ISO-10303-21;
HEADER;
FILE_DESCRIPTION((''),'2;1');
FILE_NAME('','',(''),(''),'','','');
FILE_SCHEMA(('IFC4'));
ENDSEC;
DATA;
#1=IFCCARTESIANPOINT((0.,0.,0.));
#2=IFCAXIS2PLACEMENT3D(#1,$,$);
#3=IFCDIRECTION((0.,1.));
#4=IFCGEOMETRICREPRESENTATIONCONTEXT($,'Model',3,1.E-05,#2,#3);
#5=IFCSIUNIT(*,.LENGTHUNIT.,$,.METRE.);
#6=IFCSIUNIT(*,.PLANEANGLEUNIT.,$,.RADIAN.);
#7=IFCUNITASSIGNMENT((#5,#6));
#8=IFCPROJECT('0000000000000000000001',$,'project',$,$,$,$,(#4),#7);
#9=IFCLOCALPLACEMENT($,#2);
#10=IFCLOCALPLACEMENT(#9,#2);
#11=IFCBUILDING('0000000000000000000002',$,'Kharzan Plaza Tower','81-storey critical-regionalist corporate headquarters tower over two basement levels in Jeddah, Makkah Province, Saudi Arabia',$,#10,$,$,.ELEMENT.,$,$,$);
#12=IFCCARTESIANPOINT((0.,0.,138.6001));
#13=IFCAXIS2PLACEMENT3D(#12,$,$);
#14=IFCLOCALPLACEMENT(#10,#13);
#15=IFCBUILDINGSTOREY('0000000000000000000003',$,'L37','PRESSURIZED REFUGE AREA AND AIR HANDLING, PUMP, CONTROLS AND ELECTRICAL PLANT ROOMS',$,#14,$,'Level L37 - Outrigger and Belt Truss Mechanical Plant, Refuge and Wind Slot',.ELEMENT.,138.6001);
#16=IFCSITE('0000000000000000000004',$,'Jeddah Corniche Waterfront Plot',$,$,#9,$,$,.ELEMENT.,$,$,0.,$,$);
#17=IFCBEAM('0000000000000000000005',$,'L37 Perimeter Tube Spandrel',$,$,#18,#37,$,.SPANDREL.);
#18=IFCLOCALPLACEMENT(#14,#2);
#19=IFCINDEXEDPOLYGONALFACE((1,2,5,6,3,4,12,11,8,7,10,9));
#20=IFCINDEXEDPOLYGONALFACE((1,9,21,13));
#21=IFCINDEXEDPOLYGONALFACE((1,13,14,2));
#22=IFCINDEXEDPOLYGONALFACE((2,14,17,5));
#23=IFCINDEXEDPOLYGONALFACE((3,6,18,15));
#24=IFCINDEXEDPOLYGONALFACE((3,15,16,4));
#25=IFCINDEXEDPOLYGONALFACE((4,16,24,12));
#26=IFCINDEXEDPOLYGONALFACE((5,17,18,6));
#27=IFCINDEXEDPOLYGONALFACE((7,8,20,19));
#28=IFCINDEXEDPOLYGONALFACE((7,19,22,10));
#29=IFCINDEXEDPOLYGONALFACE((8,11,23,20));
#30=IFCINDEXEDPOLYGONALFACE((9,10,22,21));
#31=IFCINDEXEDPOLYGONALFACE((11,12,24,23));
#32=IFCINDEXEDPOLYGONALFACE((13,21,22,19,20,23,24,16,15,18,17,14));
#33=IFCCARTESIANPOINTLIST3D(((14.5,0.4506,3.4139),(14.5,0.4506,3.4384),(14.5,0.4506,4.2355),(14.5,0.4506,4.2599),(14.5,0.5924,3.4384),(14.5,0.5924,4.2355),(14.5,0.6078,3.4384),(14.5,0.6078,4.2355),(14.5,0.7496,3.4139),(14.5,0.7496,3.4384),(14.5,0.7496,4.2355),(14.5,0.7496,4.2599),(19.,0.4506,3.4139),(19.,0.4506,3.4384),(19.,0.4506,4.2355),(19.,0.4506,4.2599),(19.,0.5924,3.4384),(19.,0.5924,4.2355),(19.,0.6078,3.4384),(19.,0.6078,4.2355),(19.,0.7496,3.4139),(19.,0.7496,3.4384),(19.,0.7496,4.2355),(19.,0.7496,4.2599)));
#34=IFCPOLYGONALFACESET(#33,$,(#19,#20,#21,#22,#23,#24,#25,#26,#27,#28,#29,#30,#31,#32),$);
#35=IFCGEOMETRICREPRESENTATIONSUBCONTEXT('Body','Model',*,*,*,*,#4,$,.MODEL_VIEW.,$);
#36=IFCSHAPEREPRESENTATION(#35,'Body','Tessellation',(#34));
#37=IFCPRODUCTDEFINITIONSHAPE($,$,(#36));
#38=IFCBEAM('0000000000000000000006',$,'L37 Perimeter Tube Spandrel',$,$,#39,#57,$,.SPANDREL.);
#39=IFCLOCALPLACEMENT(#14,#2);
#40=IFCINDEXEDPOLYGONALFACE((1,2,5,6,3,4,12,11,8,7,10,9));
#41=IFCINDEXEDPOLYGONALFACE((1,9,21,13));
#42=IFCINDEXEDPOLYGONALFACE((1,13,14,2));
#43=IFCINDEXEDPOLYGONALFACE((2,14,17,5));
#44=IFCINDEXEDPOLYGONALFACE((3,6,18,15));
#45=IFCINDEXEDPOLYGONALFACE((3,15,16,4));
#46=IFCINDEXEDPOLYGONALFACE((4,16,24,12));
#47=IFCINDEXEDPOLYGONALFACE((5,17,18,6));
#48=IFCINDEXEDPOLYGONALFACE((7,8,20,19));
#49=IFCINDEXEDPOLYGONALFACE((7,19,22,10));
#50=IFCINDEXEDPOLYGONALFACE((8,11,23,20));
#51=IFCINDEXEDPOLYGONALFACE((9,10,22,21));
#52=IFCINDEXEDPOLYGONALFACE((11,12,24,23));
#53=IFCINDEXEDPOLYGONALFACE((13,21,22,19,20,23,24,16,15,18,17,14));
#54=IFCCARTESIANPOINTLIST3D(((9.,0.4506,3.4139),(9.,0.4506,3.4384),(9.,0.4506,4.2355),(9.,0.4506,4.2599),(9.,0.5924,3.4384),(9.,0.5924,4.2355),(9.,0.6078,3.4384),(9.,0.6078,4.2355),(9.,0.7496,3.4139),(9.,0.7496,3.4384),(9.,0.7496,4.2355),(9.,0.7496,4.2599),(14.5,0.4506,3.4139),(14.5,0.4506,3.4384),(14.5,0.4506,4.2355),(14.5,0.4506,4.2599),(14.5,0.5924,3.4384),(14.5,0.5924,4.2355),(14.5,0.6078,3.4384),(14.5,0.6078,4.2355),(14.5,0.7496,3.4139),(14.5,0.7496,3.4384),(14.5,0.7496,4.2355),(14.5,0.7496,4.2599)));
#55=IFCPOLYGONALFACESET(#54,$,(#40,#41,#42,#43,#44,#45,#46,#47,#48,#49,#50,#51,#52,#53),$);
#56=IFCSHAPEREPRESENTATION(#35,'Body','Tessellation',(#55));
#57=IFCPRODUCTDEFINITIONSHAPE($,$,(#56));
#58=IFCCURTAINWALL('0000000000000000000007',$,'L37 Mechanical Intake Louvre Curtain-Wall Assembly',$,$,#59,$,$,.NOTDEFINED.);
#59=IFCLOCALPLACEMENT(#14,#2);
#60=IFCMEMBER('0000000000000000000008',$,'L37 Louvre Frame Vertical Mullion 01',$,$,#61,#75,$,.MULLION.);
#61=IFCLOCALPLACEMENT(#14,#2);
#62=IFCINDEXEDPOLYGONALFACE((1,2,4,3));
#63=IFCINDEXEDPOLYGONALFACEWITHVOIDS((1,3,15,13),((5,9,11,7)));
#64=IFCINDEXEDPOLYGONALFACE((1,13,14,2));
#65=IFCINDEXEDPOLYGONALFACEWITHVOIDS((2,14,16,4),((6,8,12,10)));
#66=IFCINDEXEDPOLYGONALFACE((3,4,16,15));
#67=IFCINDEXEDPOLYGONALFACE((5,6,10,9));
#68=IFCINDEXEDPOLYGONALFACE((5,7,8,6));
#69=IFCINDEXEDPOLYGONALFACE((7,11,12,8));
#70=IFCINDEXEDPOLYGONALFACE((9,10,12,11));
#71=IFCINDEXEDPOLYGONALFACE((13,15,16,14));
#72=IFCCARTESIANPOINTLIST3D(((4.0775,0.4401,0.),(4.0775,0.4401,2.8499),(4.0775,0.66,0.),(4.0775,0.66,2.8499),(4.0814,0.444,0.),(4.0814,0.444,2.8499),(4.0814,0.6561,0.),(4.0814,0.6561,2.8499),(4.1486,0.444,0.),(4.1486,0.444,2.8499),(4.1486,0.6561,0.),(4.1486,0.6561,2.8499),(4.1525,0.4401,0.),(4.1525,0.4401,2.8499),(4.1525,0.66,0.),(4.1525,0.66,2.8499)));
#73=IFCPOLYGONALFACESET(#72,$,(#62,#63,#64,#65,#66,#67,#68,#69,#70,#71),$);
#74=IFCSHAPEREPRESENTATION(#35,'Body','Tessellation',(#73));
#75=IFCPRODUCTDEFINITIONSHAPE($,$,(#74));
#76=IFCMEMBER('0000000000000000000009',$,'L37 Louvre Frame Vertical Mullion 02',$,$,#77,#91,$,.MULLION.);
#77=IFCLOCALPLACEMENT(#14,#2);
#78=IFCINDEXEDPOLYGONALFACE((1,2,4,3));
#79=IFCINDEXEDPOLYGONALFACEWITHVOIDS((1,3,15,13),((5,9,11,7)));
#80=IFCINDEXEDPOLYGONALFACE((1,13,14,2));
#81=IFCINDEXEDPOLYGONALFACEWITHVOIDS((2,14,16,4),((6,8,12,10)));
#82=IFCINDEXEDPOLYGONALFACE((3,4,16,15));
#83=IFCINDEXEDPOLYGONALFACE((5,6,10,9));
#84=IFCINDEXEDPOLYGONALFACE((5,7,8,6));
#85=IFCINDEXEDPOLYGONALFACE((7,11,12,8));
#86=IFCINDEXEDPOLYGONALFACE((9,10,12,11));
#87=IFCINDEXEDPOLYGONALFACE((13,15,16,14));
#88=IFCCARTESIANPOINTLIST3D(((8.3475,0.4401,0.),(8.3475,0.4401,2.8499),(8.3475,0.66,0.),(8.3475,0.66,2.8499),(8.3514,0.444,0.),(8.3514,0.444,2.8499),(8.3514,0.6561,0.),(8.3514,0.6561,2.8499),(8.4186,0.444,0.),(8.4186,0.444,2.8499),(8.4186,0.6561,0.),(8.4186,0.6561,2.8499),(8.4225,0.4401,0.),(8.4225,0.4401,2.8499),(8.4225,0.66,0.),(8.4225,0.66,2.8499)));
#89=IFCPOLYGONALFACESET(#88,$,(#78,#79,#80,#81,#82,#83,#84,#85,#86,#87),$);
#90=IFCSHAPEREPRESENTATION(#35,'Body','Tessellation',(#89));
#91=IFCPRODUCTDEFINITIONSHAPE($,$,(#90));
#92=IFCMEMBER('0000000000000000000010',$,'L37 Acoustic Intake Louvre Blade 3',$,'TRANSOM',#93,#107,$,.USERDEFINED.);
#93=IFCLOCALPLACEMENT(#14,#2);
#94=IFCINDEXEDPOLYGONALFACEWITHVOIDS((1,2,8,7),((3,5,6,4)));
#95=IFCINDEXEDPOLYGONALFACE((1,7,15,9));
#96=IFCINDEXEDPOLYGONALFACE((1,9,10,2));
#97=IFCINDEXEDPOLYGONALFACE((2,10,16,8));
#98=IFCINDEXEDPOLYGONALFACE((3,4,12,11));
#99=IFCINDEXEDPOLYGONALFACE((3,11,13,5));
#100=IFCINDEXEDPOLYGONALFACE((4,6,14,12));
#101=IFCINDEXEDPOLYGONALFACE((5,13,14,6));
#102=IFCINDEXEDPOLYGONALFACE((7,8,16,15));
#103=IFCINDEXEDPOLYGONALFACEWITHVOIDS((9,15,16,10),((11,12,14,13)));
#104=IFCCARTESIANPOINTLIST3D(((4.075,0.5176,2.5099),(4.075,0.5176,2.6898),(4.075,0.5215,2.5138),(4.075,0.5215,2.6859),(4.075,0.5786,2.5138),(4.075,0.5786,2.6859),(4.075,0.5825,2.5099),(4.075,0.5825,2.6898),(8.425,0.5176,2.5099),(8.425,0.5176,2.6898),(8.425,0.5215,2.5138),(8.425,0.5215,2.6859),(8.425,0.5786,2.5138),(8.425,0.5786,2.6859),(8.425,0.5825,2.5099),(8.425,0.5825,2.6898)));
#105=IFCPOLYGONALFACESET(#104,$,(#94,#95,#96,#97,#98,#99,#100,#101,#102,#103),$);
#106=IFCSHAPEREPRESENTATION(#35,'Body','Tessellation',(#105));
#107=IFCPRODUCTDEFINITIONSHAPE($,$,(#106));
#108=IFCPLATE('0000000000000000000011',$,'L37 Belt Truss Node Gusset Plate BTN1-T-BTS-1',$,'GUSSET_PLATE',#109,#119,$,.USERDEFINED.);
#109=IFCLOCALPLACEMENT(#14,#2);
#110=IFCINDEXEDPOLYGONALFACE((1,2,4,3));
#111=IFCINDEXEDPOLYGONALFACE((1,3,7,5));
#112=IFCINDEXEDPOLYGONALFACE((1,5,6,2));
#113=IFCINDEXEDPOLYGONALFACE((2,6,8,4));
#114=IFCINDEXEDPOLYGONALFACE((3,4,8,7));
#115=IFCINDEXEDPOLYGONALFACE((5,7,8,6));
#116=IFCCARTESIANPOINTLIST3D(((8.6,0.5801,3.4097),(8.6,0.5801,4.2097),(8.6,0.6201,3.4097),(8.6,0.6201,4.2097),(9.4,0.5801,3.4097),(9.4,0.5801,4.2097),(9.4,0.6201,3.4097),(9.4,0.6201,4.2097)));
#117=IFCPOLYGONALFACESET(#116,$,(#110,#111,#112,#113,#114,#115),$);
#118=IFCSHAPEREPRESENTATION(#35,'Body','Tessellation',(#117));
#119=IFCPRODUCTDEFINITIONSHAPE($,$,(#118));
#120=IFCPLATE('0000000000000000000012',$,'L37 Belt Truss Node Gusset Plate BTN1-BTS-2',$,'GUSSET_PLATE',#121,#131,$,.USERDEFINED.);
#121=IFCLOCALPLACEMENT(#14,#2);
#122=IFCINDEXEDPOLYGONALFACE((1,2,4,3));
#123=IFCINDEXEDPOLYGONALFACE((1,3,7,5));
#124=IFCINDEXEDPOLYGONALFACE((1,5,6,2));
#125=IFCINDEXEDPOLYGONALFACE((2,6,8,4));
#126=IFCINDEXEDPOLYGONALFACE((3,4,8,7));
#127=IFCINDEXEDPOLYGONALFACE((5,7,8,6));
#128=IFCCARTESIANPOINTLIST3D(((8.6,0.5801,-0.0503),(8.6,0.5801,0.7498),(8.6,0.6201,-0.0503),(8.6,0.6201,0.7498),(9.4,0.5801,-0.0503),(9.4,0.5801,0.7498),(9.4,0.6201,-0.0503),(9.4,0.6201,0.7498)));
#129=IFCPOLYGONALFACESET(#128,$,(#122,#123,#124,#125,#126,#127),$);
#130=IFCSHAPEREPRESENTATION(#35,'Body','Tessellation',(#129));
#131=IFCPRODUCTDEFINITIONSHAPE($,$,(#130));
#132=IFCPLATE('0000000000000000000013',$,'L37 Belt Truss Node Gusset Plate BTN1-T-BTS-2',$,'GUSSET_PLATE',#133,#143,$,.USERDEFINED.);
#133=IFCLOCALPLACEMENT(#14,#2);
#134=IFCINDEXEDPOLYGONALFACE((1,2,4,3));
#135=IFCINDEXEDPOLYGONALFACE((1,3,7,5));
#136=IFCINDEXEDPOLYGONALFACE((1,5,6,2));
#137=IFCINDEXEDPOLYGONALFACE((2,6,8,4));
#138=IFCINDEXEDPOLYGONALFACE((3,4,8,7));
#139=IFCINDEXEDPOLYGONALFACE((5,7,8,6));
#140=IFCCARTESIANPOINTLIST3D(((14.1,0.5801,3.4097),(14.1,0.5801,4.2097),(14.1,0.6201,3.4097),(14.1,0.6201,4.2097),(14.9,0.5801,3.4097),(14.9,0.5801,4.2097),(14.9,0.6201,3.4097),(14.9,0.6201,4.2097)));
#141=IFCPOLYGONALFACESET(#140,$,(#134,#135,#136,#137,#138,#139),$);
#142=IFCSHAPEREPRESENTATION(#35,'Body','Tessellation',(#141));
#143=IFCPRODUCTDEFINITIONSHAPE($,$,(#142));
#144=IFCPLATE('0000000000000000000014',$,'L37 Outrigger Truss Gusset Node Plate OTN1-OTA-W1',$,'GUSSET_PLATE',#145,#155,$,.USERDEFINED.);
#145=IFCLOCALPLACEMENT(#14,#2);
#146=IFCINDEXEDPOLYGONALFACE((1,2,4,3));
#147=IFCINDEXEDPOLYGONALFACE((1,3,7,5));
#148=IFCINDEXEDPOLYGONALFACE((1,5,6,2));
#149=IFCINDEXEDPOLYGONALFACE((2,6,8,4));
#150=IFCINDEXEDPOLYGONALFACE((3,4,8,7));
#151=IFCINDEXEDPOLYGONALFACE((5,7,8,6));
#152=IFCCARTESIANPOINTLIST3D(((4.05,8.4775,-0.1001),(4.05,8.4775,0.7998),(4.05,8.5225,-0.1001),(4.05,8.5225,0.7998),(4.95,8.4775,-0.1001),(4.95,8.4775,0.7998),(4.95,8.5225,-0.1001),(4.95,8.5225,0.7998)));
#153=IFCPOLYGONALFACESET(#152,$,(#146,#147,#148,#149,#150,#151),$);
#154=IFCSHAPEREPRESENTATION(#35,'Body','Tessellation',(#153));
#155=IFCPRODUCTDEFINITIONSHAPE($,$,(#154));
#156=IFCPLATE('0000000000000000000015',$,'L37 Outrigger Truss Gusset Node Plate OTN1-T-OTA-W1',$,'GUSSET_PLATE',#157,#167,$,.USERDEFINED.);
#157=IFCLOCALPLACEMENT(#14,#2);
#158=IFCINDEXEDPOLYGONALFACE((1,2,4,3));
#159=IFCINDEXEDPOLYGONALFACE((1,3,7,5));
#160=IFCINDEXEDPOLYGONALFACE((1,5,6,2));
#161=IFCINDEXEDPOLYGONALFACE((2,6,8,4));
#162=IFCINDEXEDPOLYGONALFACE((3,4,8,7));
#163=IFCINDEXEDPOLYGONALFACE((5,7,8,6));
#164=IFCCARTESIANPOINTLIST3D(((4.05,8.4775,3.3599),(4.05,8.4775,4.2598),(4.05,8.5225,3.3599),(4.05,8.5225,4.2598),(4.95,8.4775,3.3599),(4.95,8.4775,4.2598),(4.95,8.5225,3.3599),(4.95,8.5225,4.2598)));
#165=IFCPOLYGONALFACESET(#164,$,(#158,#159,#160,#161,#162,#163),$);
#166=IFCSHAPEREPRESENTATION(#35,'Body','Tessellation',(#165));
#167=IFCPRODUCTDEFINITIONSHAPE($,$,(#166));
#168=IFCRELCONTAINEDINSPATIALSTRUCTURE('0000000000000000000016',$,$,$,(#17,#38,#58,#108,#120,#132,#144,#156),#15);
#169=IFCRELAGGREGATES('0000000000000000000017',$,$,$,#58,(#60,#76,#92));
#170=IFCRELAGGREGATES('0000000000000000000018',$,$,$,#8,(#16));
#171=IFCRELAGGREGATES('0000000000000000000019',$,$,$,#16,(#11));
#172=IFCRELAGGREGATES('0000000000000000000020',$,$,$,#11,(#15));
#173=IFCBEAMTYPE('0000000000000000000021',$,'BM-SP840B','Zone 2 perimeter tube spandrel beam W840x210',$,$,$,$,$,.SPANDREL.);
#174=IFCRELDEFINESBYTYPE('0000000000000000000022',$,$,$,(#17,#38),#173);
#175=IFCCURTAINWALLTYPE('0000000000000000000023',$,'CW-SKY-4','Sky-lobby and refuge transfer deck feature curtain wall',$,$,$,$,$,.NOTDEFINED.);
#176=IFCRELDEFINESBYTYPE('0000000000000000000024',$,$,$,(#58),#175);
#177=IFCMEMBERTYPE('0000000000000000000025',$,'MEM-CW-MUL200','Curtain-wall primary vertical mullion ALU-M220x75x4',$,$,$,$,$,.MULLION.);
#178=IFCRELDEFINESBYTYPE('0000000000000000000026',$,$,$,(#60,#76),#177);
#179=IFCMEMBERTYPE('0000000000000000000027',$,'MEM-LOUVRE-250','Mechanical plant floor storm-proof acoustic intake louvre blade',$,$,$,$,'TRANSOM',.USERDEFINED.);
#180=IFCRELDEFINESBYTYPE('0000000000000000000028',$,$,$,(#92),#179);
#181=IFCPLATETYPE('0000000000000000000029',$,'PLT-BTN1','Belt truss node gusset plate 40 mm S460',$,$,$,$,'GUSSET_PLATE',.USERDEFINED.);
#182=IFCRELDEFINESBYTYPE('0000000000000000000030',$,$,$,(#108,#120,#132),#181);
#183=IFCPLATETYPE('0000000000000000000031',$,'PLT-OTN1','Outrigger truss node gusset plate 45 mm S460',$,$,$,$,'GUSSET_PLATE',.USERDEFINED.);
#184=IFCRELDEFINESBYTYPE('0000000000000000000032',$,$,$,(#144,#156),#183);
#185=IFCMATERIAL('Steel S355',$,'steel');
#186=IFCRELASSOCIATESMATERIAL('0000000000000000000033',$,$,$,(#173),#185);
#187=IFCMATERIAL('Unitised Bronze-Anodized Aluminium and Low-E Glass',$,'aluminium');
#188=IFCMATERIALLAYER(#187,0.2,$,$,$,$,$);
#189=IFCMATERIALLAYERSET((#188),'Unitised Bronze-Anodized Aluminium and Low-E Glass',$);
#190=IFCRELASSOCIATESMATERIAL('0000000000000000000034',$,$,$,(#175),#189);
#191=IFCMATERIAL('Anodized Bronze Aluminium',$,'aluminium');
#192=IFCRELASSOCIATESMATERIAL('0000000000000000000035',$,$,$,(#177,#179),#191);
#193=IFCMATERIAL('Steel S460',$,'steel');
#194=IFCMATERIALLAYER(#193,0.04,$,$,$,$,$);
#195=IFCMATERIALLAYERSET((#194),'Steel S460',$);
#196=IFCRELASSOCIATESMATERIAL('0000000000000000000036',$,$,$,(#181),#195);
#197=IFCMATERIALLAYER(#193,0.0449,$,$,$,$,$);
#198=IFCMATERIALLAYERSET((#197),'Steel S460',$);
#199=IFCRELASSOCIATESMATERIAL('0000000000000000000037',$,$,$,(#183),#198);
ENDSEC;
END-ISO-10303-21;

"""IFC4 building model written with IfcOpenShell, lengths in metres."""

from ifc_helpers import new_model, si_unit, direction, frame, origin, origin_2d, place, context, subcontext, project, spatial, rectangle, hollow_rectangle, i_section, extrude, source, transform, mapped, material, layer, layer_set, material_profile, profile_set, type_object, element, aggregate, save


model = new_model("IFC4")

# Units and contexts
model_context = context("Model", 3, precision=1e-05, world=origin(), true_north=direction((0.0, 1.0)))
body_context = subcontext(model_context, "Body", "Model", "MODEL_VIEW")
ifc_project = project(units=[si_unit("LENGTHUNIT", "METRE"), si_unit("PLANEANGLEUNIT", "RADIAN")], contexts=[model_context])

# Site, building, storey
site_placement = place(None, origin())
site = spatial("IfcSite", under=ifc_project, at=site_placement, Name="Jeddah Corniche Waterfront Plot", CompositionType="ELEMENT", RefElevation=0.0)
building_placement = place(site_placement, origin())
building = spatial("IfcBuilding", under=site, at=building_placement, Name="Kharzan Plaza Tower", Description="81-storey critical-regionalist corporate headquarters tower over two basement levels in Jeddah, Makkah Province, Saudi Arabia", CompositionType="ELEMENT")
storey_placement = place(building_placement, frame((0.0, 0.0, 138.6001)))
storey = spatial("IfcBuildingStorey", under=building, at=storey_placement, Name="L37", Description="PRESSURIZED REFUGE AREA AND AIR HANDLING, PUMP, CONTROLS AND ELECTRICAL PLANT ROOMS", LongName="Level L37 - Outrigger and Belt Truss Mechanical Plant, Refuge and Wind Slot", CompositionType="ELEMENT", Elevation=138.6001)

# Shared definitions
ifc_material_1 = material(Name="Steel S355", Category="steel")

# Beams
ifc_material_profile_1 = material_profile(ifc_material_1, i_section(OverallWidth=0.2991, OverallDepth=0.8459, WebThickness=0.0154, FlangeThickness=0.0244, at=origin_2d()), Name="W840x210")
ifc_profile_set_1 = profile_set([ifc_material_profile_1], Name="Steel S355")
beam_type_1 = type_object("IfcBeamType", Name="BM-SP840B", Description="Zone 2 perimeter tube spandrel beam W840x210", PredefinedType="SPANDREL", material=ifc_profile_set_1)
shared_shape_1 = source(origin(), body_context, "Body", "SweptSolid", [
    extrude(i_section(OverallWidth=0.2991, OverallDepth=0.8459, WebThickness=0.0154, FlangeThickness=0.0244, at=origin_2d()), origin(), (0.0, 0.0, 1.0), 4.5),
])
beam_1_placement = place(storey_placement, frame((14.5, 0.6001, 3.8369), z_axis=(1.0, 0.0, 0.0), x_axis=(0.0, 1.0, 0.0)))
element("IfcBeam", 1, at=beam_1_placement, inside=storey, type_object=beam_type_1, Name="L37 Perimeter Tube Spandrel", PredefinedType="SPANDREL", context=body_context, shape_type="MappedRepresentation", body=[
    mapped(shared_shape_1, transform((0.0, 0.0, 0.0), x_axis=(1.0, 0.0, 0.0), y_axis=(0.0, 1.0, 0.0), z_axis=(0.0, 0.0, 1.0))),
])
shared_shape_2 = source(origin(), body_context, "Body", "SweptSolid", [
    extrude(i_section(OverallWidth=0.2991, OverallDepth=0.8459, WebThickness=0.0154, FlangeThickness=0.0244, at=origin_2d()), origin(), (0.0, 0.0, 1.0), 5.5),
])
beam_2_placement = place(storey_placement, frame((9.0, 0.6001, 3.8369), z_axis=(1.0, 0.0, 0.0), x_axis=(0.0, 1.0, 0.0)))
element("IfcBeam", 2, at=beam_2_placement, inside=storey, type_object=beam_type_1, Name="L37 Perimeter Tube Spandrel", PredefinedType="SPANDREL", context=body_context, shape_type="MappedRepresentation", body=[
    mapped(shared_shape_2, transform((0.0, 0.0, 0.0), x_axis=(1.0, 0.0, 0.0), y_axis=(0.0, 1.0, 0.0), z_axis=(0.0, 0.0, 1.0))),
])

# Curtain wall, members
ifc_material_2 = material(Name="Unitised Bronze-Anodized Aluminium and Low-E Glass", Category="aluminium")
ifc_layer_1 = layer(ifc_material_2, 0.2)
ifc_layer_set_1 = layer_set([ifc_layer_1], Name="Unitised Bronze-Anodized Aluminium and Low-E Glass")
curtain_wall_type = type_object("IfcCurtainWallType", Name="CW-SKY-4", Description="Sky-lobby and refuge transfer deck feature curtain wall", PredefinedType="NOTDEFINED", material=ifc_layer_set_1)
curtain_wall_placement = place(storey_placement, origin())
curtain_wall = element("IfcCurtainWall", 3, at=curtain_wall_placement, inside=storey, type_object=curtain_wall_type, Name="L37 Mechanical Intake Louvre Curtain-Wall Assembly", PredefinedType="NOTDEFINED")
ifc_material_3 = material(Name="Anodized Bronze Aluminium", Category="aluminium")
ifc_material_profile_2 = material_profile(ifc_material_3, hollow_rectangle(XDim=0.075, YDim=0.22, WallThickness=0.0039, at=origin_2d()), Name="ALU-M220x75x4")
ifc_profile_set_2 = profile_set([ifc_material_profile_2], Name="Anodized Bronze Aluminium")
member_type_1 = type_object("IfcMemberType", Name="MEM-CW-MUL200", Description="Curtain-wall primary vertical mullion ALU-M220x75x4", PredefinedType="MULLION", material=ifc_profile_set_2)
shared_shape_3 = source(origin(), body_context, "Body", "SweptSolid", [
    extrude(hollow_rectangle(XDim=0.075, YDim=0.22, WallThickness=0.0039, at=origin_2d()), origin(), (0.0, 0.0, 1.0), 2.8499),
])
member_1_placement = place(storey_placement, frame((4.115, 0.55, 0.0), z_axis=(0.0, 0.0, 1.0), x_axis=(1.0, 0.0, 0.0)))
member_1 = element("IfcMember", 4, at=member_1_placement, type_object=member_type_1, Name="L37 Louvre Frame Vertical Mullion 01", PredefinedType="MULLION", context=body_context, shape_type="MappedRepresentation", body=[
    mapped(shared_shape_3, transform((0.0, 0.0, 0.0), x_axis=(1.0, 0.0, 0.0), y_axis=(0.0, 1.0, 0.0), z_axis=(0.0, 0.0, 1.0))),
])
member_2_placement = place(storey_placement, frame((8.385, 0.55, 0.0), z_axis=(0.0, 0.0, 1.0), x_axis=(1.0, 0.0, 0.0)))
member_2 = element("IfcMember", 5, at=member_2_placement, type_object=member_type_1, Name="L37 Louvre Frame Vertical Mullion 02", PredefinedType="MULLION", context=body_context, shape_type="MappedRepresentation", body=[
    mapped(shared_shape_3, transform((0.0, 0.0, 0.0), x_axis=(1.0, 0.0, 0.0), y_axis=(0.0, 1.0, 0.0), z_axis=(0.0, 0.0, 1.0))),
])
ifc_material_profile_3 = material_profile(ifc_material_3, hollow_rectangle(XDim=0.0649, YDim=0.1799, WallThickness=0.0039, at=origin_2d()), Name="ALU-M180x65x4")
ifc_profile_set_3 = profile_set([ifc_material_profile_3], Name="Anodized Bronze Aluminium")
member_type_2 = type_object("IfcMemberType", Name="MEM-LOUVRE-250", Description="Mechanical plant floor storm-proof acoustic intake louvre blade", ElementType="TRANSOM", PredefinedType="USERDEFINED", material=ifc_profile_set_3)
shared_shape_4 = source(origin(), body_context, "Body", "SweptSolid", [
    extrude(hollow_rectangle(XDim=0.0649, YDim=0.1799, WallThickness=0.0039, at=origin_2d()), origin(), (0.0, 0.0, 1.0), 4.3501),
])
member_3_placement = place(storey_placement, frame((4.075, 0.55, 2.5999), z_axis=(1.0, 0.0, 0.0), x_axis=(0.0, 1.0, 0.0)))
member_3 = element("IfcMember", 6, at=member_3_placement, type_object=member_type_2, Name="L37 Acoustic Intake Louvre Blade 3", ObjectType="TRANSOM", PredefinedType="USERDEFINED", context=body_context, shape_type="MappedRepresentation", body=[
    mapped(shared_shape_4, transform((0.0, 0.0, 0.0), x_axis=(1.0, 0.0, 0.0), y_axis=(0.0, 1.0, 0.0), z_axis=(0.0, 0.0, 1.0))),
])
aggregate(curtain_wall, [member_1, member_2, member_3])

# Plates
ifc_material_4 = material(Name="Steel S460", Category="steel")
ifc_layer_2 = layer(ifc_material_4, 0.04)
ifc_layer_set_2 = layer_set([ifc_layer_2], Name="Steel S460")
plate_type_1 = type_object("IfcPlateType", Name="PLT-BTN1", Description="Belt truss node gusset plate 40 mm S460", ElementType="GUSSET_PLATE", PredefinedType="USERDEFINED", material=ifc_layer_set_2)
shared_shape_5 = source(origin(), body_context, "Body", "SweptSolid", [
    extrude(rectangle(XDim=0.8, YDim=0.04, at=origin_2d()), origin(), (0.0, 0.0, 1.0), 0.8),
])
for number, where, z_axis, x_axis, name in (
    (7, (9.0, 0.6001, 3.4097), (0.0, 0.0, 1.0), (1.0, 0.0, 0.0), "L37 Belt Truss Node Gusset Plate BTN1-T-BTS-1"),
    (8, (9.0, 0.6001, -0.0503), (0.0, 0.0, 1.0), (1.0, 0.0, 0.0), "L37 Belt Truss Node Gusset Plate BTN1-BTS-2"),
    (9, (14.5, 0.6001, 3.4097), (0.0, 0.0, 1.0), (1.0, 0.0, 0.0), "L37 Belt Truss Node Gusset Plate BTN1-T-BTS-2"),
):
    element("IfcPlate", number, at=place(storey_placement, frame(where, z_axis=z_axis, x_axis=x_axis)), inside=storey, type_object=plate_type_1, Name=name, ObjectType="GUSSET_PLATE", PredefinedType="USERDEFINED", context=body_context, shape_type="MappedRepresentation", body=[
        mapped(shared_shape_5, transform((0.0, 0.0, 0.0), x_axis=(1.0, 0.0, 0.0), y_axis=(0.0, 1.0, 0.0), z_axis=(0.0, 0.0, 1.0))),
    ])
ifc_layer_3 = layer(ifc_material_4, 0.0449)
ifc_layer_set_3 = layer_set([ifc_layer_3], Name="Steel S460")
plate_type_2 = type_object("IfcPlateType", Name="PLT-OTN1", Description="Outrigger truss node gusset plate 45 mm S460", ElementType="GUSSET_PLATE", PredefinedType="USERDEFINED", material=ifc_layer_set_3)
shared_shape_6 = source(origin(), body_context, "Body", "SweptSolid", [
    extrude(rectangle(XDim=0.8999, YDim=0.0449, at=origin_2d()), origin(), (0.0, 0.0, 1.0), 0.8999),
])
for number, where, z_axis, x_axis, name in (
    (10, (4.5, 8.5, -0.1001), (0.0, 0.0, 1.0), (-1.0, 0.0, 0.0), "L37 Outrigger Truss Gusset Node Plate OTN1-OTA-W1"),
    (11, (4.5, 8.5, 3.3599), (0.0, 0.0, 1.0), (-1.0, 0.0, 0.0), "L37 Outrigger Truss Gusset Node Plate OTN1-T-OTA-W1"),
):
    element("IfcPlate", number, at=place(storey_placement, frame(where, z_axis=z_axis, x_axis=x_axis)), inside=storey, type_object=plate_type_2, Name=name, ObjectType="GUSSET_PLATE", PredefinedType="USERDEFINED", context=body_context, shape_type="MappedRepresentation", body=[
        mapped(shared_shape_6, transform((0.0, 0.0, 0.0), x_axis=(1.0, 0.0, 0.0), y_axis=(0.0, 1.0, 0.0), z_axis=(0.0, 0.0, 1.0))),
    ])

save(model, "model.ifc")
